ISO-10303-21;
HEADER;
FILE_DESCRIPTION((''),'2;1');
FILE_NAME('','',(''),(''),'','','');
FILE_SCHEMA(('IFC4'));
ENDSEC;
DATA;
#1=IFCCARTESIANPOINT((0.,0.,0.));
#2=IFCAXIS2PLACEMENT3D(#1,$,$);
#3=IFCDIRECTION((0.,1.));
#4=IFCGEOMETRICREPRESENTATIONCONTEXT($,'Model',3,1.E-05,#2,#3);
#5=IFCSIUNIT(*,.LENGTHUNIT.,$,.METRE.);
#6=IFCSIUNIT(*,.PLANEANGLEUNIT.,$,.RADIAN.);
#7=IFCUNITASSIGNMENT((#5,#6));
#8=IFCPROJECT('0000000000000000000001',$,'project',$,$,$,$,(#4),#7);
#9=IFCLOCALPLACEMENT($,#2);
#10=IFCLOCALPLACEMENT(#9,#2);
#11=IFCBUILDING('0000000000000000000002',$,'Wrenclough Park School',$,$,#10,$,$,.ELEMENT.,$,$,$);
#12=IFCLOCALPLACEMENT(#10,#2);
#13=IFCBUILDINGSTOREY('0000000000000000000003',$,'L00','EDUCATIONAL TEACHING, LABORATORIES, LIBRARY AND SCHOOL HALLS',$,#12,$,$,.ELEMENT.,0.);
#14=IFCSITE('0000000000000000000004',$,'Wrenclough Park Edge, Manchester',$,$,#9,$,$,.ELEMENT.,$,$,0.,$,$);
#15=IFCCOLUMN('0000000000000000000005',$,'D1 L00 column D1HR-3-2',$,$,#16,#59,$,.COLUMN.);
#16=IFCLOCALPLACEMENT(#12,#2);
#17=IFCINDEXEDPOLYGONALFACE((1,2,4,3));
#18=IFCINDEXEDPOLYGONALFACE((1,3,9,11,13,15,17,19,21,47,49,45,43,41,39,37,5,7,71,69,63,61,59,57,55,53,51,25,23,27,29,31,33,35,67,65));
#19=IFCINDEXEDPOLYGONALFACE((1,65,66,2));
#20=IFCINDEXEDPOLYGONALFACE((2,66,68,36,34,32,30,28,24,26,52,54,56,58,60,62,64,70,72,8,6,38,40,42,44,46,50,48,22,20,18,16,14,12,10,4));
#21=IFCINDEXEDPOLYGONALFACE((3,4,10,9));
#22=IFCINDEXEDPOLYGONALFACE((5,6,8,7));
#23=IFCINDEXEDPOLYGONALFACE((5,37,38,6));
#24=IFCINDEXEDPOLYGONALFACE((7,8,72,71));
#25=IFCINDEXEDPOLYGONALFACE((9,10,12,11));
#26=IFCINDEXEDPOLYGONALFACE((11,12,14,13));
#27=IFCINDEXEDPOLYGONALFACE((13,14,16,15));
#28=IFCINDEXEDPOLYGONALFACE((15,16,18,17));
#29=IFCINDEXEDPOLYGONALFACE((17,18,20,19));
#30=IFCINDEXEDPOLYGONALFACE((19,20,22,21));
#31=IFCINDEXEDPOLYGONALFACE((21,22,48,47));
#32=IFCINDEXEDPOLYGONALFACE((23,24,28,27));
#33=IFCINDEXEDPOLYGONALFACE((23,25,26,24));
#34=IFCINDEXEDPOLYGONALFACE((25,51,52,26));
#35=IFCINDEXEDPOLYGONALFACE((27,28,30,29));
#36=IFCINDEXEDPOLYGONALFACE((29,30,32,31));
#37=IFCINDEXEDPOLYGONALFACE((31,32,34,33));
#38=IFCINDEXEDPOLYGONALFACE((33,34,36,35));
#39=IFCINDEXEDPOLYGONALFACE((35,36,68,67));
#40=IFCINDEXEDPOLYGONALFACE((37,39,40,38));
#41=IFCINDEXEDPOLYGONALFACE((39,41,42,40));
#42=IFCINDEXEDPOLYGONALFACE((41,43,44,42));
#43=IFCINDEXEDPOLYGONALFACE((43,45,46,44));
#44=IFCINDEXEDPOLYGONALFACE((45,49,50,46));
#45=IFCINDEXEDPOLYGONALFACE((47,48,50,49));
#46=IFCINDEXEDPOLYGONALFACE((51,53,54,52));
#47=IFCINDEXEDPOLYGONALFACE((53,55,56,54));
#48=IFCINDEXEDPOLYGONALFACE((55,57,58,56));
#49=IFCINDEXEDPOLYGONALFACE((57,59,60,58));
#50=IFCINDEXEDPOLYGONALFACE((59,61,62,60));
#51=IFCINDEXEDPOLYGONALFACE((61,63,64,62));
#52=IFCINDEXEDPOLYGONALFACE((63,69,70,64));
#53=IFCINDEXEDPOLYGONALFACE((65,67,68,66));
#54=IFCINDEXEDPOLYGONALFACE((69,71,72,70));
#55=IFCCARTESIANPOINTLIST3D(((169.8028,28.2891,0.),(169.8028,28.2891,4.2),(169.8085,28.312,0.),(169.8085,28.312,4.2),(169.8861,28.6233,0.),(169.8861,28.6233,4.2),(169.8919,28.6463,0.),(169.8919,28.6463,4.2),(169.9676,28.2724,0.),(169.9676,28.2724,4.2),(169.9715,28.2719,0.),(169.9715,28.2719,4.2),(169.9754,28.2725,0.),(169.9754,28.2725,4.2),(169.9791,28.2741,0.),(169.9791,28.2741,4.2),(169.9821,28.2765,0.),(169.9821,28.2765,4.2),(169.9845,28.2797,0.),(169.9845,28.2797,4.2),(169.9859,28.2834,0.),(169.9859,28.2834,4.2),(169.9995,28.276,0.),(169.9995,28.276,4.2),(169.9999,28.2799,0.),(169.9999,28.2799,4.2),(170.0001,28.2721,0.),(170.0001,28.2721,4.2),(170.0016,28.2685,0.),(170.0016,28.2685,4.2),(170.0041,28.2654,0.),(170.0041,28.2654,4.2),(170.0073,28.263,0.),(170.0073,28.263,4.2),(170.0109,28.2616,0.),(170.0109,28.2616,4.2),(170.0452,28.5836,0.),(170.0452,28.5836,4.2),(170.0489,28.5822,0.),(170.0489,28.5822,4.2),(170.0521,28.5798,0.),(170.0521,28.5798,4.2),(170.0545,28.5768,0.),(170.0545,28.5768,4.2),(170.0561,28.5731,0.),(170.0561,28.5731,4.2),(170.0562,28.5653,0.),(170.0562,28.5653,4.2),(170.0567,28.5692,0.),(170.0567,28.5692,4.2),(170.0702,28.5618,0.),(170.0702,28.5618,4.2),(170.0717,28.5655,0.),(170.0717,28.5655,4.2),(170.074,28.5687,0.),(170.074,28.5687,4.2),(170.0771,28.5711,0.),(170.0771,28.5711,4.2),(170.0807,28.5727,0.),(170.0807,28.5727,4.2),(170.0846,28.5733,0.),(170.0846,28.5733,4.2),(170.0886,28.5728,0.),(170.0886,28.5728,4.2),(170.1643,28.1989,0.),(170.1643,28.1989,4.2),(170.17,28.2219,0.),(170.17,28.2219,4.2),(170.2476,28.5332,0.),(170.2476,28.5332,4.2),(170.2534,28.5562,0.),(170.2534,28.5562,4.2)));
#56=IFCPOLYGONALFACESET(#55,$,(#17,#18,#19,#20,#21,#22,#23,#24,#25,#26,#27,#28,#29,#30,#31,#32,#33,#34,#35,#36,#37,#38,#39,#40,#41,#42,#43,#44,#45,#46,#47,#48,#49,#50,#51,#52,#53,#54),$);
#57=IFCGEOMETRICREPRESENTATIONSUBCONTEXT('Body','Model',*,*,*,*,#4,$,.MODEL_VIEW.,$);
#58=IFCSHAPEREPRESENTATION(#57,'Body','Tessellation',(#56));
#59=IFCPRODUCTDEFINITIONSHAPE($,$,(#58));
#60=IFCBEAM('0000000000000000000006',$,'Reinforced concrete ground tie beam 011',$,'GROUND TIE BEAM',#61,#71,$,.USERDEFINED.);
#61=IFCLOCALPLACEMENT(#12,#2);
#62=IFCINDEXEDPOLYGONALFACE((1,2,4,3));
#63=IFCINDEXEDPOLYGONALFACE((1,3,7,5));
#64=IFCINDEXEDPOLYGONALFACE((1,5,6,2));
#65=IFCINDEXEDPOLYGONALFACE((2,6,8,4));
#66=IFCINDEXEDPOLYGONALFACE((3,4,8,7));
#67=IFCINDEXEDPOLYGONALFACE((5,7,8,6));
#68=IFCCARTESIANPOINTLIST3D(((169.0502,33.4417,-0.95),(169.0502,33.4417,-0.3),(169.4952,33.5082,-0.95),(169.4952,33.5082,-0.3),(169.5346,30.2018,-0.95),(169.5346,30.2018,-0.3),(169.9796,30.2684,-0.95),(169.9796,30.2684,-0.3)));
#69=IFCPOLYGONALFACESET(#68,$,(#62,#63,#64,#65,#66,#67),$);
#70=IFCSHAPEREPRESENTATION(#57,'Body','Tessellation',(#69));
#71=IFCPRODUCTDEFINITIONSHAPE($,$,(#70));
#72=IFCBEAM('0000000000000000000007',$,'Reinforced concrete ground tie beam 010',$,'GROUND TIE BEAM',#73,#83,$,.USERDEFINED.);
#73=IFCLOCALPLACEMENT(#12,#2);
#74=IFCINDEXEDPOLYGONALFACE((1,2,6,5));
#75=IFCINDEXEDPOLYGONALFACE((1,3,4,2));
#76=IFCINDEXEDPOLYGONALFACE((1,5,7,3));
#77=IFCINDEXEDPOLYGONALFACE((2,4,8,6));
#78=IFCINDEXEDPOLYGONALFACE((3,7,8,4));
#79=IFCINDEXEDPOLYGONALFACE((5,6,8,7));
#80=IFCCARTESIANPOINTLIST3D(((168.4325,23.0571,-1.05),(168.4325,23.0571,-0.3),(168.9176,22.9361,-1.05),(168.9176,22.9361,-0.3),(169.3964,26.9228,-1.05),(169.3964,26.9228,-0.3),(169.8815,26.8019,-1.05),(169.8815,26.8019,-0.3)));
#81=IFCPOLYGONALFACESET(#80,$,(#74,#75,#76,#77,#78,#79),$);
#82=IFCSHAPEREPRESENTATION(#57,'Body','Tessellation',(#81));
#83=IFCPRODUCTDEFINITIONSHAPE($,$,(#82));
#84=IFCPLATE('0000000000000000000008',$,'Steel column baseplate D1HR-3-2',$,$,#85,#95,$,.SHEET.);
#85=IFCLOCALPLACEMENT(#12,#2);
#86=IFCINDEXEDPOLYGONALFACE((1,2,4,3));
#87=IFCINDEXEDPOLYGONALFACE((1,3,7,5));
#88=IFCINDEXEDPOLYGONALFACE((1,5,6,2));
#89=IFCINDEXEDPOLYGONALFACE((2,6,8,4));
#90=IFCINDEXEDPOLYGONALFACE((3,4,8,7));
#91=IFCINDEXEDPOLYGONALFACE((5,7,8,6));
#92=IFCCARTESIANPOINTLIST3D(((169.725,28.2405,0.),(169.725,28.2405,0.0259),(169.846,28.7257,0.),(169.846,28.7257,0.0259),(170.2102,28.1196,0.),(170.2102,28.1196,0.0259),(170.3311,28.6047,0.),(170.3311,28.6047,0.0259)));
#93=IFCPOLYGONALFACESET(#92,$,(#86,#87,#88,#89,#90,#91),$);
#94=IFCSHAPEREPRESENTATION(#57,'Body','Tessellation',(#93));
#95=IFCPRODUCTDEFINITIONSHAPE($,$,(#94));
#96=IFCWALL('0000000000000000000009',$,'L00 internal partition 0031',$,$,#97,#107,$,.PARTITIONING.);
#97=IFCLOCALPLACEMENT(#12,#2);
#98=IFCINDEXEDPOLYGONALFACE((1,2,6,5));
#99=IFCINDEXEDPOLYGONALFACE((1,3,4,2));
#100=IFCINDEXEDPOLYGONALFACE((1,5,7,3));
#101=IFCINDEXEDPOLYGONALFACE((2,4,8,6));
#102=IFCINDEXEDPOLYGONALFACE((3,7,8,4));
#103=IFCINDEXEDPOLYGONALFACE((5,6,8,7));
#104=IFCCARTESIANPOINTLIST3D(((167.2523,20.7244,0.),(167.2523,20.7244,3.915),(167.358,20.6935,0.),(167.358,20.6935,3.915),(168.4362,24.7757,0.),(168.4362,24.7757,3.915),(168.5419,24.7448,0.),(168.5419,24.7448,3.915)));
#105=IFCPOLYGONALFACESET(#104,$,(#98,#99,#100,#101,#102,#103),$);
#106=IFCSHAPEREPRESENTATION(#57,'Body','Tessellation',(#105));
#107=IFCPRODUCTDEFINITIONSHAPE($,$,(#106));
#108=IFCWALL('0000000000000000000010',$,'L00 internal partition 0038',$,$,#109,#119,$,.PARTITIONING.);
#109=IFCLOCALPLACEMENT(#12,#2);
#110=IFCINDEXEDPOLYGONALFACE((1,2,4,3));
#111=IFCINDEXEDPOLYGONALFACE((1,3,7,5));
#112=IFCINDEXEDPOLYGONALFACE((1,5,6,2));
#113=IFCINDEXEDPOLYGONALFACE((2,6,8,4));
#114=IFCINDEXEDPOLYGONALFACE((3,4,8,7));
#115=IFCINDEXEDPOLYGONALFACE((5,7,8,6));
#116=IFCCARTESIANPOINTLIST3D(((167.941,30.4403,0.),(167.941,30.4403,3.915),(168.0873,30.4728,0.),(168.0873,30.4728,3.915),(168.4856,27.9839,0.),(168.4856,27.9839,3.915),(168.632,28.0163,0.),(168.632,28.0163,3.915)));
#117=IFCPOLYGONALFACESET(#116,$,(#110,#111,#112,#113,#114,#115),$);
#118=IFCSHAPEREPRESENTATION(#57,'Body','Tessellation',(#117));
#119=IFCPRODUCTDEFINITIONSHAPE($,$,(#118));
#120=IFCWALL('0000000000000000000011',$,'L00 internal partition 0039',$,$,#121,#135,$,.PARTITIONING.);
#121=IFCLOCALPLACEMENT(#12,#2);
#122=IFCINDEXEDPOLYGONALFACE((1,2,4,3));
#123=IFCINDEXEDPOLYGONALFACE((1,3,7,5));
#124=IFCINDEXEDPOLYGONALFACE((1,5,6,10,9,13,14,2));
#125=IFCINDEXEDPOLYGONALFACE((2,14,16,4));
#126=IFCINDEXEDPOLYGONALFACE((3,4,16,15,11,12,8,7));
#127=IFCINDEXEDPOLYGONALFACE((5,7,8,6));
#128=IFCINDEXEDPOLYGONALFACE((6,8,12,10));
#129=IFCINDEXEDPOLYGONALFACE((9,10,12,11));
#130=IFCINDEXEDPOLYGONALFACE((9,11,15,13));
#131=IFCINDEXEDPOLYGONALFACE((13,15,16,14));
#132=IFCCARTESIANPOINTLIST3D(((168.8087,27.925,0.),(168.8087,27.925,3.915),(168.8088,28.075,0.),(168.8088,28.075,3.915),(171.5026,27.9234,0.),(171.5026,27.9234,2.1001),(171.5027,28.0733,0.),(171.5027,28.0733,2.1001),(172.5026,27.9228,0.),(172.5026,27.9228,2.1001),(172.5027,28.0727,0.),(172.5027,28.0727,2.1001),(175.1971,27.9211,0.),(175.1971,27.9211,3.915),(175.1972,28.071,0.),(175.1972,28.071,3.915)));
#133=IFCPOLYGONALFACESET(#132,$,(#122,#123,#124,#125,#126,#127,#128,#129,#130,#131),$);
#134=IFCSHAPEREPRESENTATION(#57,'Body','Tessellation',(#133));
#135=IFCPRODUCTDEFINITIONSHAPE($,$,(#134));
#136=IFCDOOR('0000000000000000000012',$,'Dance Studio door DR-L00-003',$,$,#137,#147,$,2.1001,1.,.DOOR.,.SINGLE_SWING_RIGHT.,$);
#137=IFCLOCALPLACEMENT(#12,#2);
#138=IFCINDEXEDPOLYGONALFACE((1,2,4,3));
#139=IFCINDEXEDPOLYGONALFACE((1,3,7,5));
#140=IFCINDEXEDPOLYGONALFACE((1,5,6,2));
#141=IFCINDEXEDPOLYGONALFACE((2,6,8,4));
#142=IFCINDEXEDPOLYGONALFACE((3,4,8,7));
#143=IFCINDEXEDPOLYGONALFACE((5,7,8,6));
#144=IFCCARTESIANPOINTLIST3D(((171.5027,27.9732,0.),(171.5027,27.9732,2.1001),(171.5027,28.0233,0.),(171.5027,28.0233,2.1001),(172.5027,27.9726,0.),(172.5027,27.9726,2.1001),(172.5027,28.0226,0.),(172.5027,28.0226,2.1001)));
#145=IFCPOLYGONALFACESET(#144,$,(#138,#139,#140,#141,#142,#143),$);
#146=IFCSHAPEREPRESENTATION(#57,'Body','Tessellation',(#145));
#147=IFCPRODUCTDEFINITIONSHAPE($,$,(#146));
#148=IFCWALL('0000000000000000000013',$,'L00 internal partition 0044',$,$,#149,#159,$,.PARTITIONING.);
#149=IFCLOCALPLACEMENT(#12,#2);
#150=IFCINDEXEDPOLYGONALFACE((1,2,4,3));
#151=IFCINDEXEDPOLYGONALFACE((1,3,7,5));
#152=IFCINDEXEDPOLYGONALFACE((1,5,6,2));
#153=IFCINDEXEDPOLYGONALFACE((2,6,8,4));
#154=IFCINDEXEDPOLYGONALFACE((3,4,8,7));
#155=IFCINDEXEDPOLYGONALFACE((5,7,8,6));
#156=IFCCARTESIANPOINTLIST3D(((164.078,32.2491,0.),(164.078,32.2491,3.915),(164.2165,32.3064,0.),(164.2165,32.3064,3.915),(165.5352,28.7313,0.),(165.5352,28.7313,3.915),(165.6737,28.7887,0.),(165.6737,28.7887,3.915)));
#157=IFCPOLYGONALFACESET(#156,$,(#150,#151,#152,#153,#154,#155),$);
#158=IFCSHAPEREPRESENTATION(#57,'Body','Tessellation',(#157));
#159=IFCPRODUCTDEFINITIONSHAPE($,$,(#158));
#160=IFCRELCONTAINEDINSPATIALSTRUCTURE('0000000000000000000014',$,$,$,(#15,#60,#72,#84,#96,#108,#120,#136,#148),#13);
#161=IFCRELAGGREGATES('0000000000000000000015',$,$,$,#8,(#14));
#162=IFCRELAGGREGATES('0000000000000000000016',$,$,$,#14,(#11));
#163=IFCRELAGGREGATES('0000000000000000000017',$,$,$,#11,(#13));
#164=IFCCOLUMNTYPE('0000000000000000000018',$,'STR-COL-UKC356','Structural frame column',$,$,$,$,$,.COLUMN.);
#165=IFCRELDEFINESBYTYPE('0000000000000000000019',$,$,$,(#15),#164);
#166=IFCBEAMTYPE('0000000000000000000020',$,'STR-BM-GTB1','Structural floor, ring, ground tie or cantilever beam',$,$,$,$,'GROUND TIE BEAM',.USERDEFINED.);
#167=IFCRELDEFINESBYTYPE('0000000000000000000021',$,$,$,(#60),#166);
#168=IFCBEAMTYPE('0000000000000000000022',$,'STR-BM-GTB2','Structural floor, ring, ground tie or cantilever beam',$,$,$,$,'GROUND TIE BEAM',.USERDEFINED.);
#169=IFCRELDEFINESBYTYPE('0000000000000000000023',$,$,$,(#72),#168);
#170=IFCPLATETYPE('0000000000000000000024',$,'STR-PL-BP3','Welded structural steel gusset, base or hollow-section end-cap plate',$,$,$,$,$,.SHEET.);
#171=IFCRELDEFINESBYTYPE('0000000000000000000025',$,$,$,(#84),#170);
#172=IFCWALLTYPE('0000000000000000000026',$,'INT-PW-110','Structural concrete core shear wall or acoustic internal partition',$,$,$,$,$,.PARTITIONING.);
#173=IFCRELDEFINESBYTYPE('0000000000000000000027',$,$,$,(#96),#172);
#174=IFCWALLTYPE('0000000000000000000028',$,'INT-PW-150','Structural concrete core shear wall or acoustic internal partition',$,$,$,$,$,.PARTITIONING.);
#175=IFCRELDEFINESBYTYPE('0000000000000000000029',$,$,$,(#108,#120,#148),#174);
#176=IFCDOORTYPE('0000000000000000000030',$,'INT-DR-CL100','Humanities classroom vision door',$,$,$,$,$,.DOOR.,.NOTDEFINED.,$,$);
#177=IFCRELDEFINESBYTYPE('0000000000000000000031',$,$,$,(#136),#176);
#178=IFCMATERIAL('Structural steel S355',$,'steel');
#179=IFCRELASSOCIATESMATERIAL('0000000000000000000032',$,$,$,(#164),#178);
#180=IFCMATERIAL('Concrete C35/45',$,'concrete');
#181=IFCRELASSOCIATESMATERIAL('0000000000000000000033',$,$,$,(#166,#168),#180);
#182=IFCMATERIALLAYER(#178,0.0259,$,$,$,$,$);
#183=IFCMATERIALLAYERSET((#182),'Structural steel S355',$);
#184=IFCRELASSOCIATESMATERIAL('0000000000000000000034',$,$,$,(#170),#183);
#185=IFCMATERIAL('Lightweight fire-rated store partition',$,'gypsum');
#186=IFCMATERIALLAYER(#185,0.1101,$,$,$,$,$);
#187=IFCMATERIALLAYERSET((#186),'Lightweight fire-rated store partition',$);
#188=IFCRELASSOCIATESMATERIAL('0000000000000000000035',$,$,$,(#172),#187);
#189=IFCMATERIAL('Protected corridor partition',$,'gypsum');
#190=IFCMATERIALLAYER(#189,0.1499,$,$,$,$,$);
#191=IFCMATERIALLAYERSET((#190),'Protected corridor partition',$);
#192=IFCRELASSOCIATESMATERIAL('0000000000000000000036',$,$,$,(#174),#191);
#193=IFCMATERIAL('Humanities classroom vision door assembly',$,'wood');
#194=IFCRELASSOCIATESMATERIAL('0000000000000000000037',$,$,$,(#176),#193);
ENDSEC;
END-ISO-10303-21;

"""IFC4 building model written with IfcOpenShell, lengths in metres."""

from ifc_helpers import new_model, si_unit, direction, frame, frame_2d, origin, origin_2d, place, context, subcontext, project, spatial, rectangle, i_section, extrude, material, layer, layer_set, material_profile, profile_set, type_object, element, fill, save


model = new_model("IFC4")

# Units and contexts
model_context = context("Model", 3, precision=1e-05, world=origin(), true_north=direction((0.0, 1.0)))
body_context = subcontext(model_context, "Body", "Model", "MODEL_VIEW")
ifc_project = project(units=[si_unit("LENGTHUNIT", "METRE"), si_unit("PLANEANGLEUNIT", "RADIAN")], contexts=[model_context])

# Site, building, storey
site_placement = place(None, origin())
site = spatial("IfcSite", under=ifc_project, at=site_placement, Name="Wrenclough Park Edge, Manchester", CompositionType="ELEMENT", RefElevation=0.0)
building_placement = place(site_placement, origin())
building = spatial("IfcBuilding", under=site, at=building_placement, Name="Wrenclough Park School", CompositionType="ELEMENT")
storey_placement = place(building_placement, origin())
storey = spatial("IfcBuildingStorey", under=building, at=storey_placement, Name="L00", Description="EDUCATIONAL TEACHING, LABORATORIES, LIBRARY AND SCHOOL HALLS", CompositionType="ELEMENT", Elevation=0.0)

# Shared definitions
ifc_material_1 = material(Name="Concrete C35/45", Category="concrete")

# Column
ifc_material_2 = material(Name="Structural steel S355", Category="steel")
ifc_material_profile_1 = material_profile(ifc_material_2, i_section(OverallWidth=0.3726, OverallDepth=0.3682, WebThickness=0.0144, FlangeThickness=0.0237, FilletRadius=0.0151, at=origin_2d()), Name="UKC 356x368x177")
ifc_profile_set_1 = profile_set([ifc_material_profile_1], Name="Structural steel S355")
column_type = type_object("IfcColumnType", Name="STR-COL-UKC356", Description="Structural frame column", PredefinedType="COLUMN", material=ifc_profile_set_1)
column_placement = place(storey_placement, frame((170.0281, 28.4226, 0.0), z_axis=(0.0, 0.0, 1.0), x_axis=(0.970296, -0.241922, 0.0)))
element("IfcColumn", 1, at=column_placement, inside=storey, type_object=column_type, Name="D1 L00 column D1HR-3-2", PredefinedType="COLUMN", context=body_context, shape_type="SweptSolid", body=[
    extrude(i_section(OverallWidth=0.3726, OverallDepth=0.3682, WebThickness=0.0144, FlangeThickness=0.0237, FilletRadius=0.0151, at=origin_2d()), origin(), (0.0, 0.0, 1.0), 4.2),
])

# Beams
ifc_material_profile_2 = material_profile(ifc_material_1, rectangle(XDim=0.45, YDim=0.6499, at=origin_2d()), Name="RC GROUND 450x650")
ifc_profile_set_2 = profile_set([ifc_material_profile_2], Name="Concrete C35/45")
beam_type_1 = type_object("IfcBeamType", Name="STR-BM-GTB1", Description="Structural floor, ring, ground tie or cantilever beam", ElementType="GROUND TIE BEAM", PredefinedType="USERDEFINED", material=ifc_profile_set_2)
beam_1_placement = place(storey_placement, frame((169.7571, 30.2351, -0.625), z_axis=(-0.147856, 0.989009, 0.0), x_axis=(-0.989009, -0.147856, 0.0)))
element("IfcBeam", 2, at=beam_1_placement, inside=storey, type_object=beam_type_1, Name="Reinforced concrete ground tie beam 011", ObjectType="GROUND TIE BEAM", PredefinedType="USERDEFINED", context=body_context, shape_type="SweptSolid", body=[
    extrude(rectangle(XDim=0.45, YDim=0.6499, at=origin_2d()), origin(), (0.0, 0.0, 1.0), 3.2759),
])
ifc_material_profile_3 = material_profile(ifc_material_1, rectangle(XDim=0.5, YDim=0.75, at=origin_2d()), Name="RC GROUND 500x750")
ifc_profile_set_3 = profile_set([ifc_material_profile_3], Name="Concrete C35/45")
beam_type_2 = type_object("IfcBeamType", Name="STR-BM-GTB2", Description="Structural floor, ring, ground tie or cantilever beam", ElementType="GROUND TIE BEAM", PredefinedType="USERDEFINED", material=ifc_profile_set_3)
beam_2_placement = place(storey_placement, frame((168.675, 22.9966, -0.675), z_axis=(0.24193, 0.970294, 0.0), x_axis=(-0.970294, 0.24193, 0.0)))
element("IfcBeam", 3, at=beam_2_placement, inside=storey, type_object=beam_type_2, Name="Reinforced concrete ground tie beam 010", ObjectType="GROUND TIE BEAM", PredefinedType="USERDEFINED", context=body_context, shape_type="SweptSolid", body=[
    extrude(rectangle(XDim=0.5, YDim=0.75, at=origin_2d()), origin(), (0.0, 0.0, 1.0), 3.9841),
])

# Plate
ifc_layer_1 = layer(ifc_material_2, 0.0259)
ifc_layer_set_1 = layer_set([ifc_layer_1], Name="Structural steel S355")
plate_type = type_object("IfcPlateType", Name="STR-PL-BP3", Description="Welded structural steel gusset, base or hollow-section end-cap plate", PredefinedType="SHEET", material=ifc_layer_set_1)
plate_placement = place(storey_placement, frame((170.0281, 28.4226, 0.0), z_axis=(0.0, 0.0, 1.0), x_axis=(0.970296, -0.241922, 0.0)))
element("IfcPlate", 4, at=plate_placement, inside=storey, type_object=plate_type, Name="Steel column baseplate D1HR-3-2", PredefinedType="SHEET", context=body_context, shape_type="SweptSolid", body=[
    extrude(rectangle(XDim=0.5, YDim=0.5, at=origin_2d()), origin(), (0.0, 0.0, 1.0), 0.0259),
])

# Walls
ifc_material_3 = material(Name="Lightweight fire-rated store partition", Category="gypsum")
ifc_layer_2 = layer(ifc_material_3, 0.1101)
ifc_layer_set_2 = layer_set([ifc_layer_2], Name="Lightweight fire-rated store partition")
wall_type_1 = type_object("IfcWallType", Name="INT-PW-110", Description="Structural concrete core shear wall or acoustic internal partition", PredefinedType="PARTITIONING", material=ifc_layer_set_2)
wall_1_placement = place(storey_placement, frame((168.489, 24.7603, 0.0), z_axis=(0.0, 0.0, 1.0), x_axis=(-0.280484, -0.959859, 0.0)))
element("IfcWall", 5, at=wall_1_placement, inside=storey, type_object=wall_type_1, Name="L00 internal partition 0031", PredefinedType="PARTITIONING", context=body_context, shape_type="SweptSolid", body=[
    extrude(rectangle(XDim=4.2207, YDim=0.1101, at=frame_2d((2.1104, 0.0))), origin(), (0.0, 0.0, 1.0), 3.915),
])
ifc_material_4 = material(Name="Protected corridor partition", Category="gypsum")
ifc_layer_3 = layer(ifc_material_4, 0.1499)
ifc_layer_set_3 = layer_set([ifc_layer_3], Name="Protected corridor partition")
wall_type_2 = type_object("IfcWallType", Name="INT-PW-150", Description="Structural concrete core shear wall or acoustic internal partition", PredefinedType="PARTITIONING", material=ifc_layer_set_3)
wall_2_placement = place(storey_placement, frame((168.0142, 30.4565, 0.0), z_axis=(0.0, 0.0, 1.0), x_axis=(0.216468, -0.97629, 0.0)))
element("IfcWall", 6, at=wall_2_placement, inside=storey, type_object=wall_type_2, Name="L00 internal partition 0038", PredefinedType="PARTITIONING", context=body_context, shape_type="SweptSolid", body=[
    extrude(rectangle(XDim=2.5161, YDim=0.1499, at=frame_2d((1.2581, 0.0))), origin(), (0.0, 0.0, 1.0), 3.915),
])

# Wall, opening, door
wall_3_placement = place(storey_placement, frame((168.8086, 28.0, 0.0), z_axis=(0.0, 0.0, 1.0), x_axis=(1.0, -0.000611, 0.0)))
wall_3 = element("IfcWall", 7, at=wall_3_placement, inside=storey, type_object=wall_type_2, Name="L00 internal partition 0039", PredefinedType="PARTITIONING", context=body_context, shape_type="SweptSolid", body=[
    extrude(rectangle(XDim=6.3884, YDim=0.1499, at=frame_2d((3.1943, 0.0))), origin(), (0.0, 0.0, 1.0), 3.915),
])
opening_1_placement = place(wall_3_placement, frame((2.6941, 0.0, 0.0)))
opening_1 = element("IfcOpeningElement", 8, at=opening_1_placement, cuts=wall_3, PredefinedType="OPENING", context=body_context, shape_type="SweptSolid", body=[
    extrude(rectangle(XDim=1.0, YDim=2.1001, at=frame_2d((0.5, 1.05))), frame((0.0, 0.085, 0.0), z_axis=(0.0, -1.0, 0.0), x_axis=(1.0, 0.0, 0.0)), (0.0, 0.0, 1.0), 0.1699),
])
ifc_material_5 = material(Name="Humanities classroom vision door assembly", Category="wood")
door_type_1 = type_object("IfcDoorType", Name="INT-DR-CL100", Description="Humanities classroom vision door", OperationType="NOTDEFINED", PredefinedType="DOOR", material=ifc_material_5)
door_1_placement = place(opening_1_placement, origin())
door_1 = element("IfcDoor", 9, at=door_1_placement, inside=storey, type_object=door_type_1, Name="Dance Studio door DR-L00-003", OperationType="SINGLE_SWING_RIGHT", OverallHeight=2.1001, OverallWidth=1.0, PredefinedType="DOOR", context=body_context, shape_type="SweptSolid", body=[
    extrude(rectangle(XDim=1.0, YDim=2.1001, at=frame_2d((0.5, 1.05))), frame((0.0, 0.0249, 0.0), z_axis=(0.0, -1.0, 0.0), x_axis=(1.0, 0.0, 0.0)), (0.0, 0.0, 1.0), 0.05),
])
fill(opening_1, door_1)

# Wall
wall_4_placement = place(storey_placement, frame((165.6045, 28.76, 0.0), z_axis=(0.0, 0.0, 1.0), x_axis=(-0.382716, 0.923866, 0.0)))
element("IfcWall", 10, at=wall_4_placement, inside=storey, type_object=wall_type_2, Name="L00 internal partition 0044", PredefinedType="PARTITIONING", context=body_context, shape_type="SweptSolid", body=[
    extrude(rectangle(XDim=3.8076, YDim=0.1499, at=frame_2d((1.9038, 0.0))), origin(), (0.0, 0.0, 1.0), 3.915),
])

save(model, "model.ifc")
